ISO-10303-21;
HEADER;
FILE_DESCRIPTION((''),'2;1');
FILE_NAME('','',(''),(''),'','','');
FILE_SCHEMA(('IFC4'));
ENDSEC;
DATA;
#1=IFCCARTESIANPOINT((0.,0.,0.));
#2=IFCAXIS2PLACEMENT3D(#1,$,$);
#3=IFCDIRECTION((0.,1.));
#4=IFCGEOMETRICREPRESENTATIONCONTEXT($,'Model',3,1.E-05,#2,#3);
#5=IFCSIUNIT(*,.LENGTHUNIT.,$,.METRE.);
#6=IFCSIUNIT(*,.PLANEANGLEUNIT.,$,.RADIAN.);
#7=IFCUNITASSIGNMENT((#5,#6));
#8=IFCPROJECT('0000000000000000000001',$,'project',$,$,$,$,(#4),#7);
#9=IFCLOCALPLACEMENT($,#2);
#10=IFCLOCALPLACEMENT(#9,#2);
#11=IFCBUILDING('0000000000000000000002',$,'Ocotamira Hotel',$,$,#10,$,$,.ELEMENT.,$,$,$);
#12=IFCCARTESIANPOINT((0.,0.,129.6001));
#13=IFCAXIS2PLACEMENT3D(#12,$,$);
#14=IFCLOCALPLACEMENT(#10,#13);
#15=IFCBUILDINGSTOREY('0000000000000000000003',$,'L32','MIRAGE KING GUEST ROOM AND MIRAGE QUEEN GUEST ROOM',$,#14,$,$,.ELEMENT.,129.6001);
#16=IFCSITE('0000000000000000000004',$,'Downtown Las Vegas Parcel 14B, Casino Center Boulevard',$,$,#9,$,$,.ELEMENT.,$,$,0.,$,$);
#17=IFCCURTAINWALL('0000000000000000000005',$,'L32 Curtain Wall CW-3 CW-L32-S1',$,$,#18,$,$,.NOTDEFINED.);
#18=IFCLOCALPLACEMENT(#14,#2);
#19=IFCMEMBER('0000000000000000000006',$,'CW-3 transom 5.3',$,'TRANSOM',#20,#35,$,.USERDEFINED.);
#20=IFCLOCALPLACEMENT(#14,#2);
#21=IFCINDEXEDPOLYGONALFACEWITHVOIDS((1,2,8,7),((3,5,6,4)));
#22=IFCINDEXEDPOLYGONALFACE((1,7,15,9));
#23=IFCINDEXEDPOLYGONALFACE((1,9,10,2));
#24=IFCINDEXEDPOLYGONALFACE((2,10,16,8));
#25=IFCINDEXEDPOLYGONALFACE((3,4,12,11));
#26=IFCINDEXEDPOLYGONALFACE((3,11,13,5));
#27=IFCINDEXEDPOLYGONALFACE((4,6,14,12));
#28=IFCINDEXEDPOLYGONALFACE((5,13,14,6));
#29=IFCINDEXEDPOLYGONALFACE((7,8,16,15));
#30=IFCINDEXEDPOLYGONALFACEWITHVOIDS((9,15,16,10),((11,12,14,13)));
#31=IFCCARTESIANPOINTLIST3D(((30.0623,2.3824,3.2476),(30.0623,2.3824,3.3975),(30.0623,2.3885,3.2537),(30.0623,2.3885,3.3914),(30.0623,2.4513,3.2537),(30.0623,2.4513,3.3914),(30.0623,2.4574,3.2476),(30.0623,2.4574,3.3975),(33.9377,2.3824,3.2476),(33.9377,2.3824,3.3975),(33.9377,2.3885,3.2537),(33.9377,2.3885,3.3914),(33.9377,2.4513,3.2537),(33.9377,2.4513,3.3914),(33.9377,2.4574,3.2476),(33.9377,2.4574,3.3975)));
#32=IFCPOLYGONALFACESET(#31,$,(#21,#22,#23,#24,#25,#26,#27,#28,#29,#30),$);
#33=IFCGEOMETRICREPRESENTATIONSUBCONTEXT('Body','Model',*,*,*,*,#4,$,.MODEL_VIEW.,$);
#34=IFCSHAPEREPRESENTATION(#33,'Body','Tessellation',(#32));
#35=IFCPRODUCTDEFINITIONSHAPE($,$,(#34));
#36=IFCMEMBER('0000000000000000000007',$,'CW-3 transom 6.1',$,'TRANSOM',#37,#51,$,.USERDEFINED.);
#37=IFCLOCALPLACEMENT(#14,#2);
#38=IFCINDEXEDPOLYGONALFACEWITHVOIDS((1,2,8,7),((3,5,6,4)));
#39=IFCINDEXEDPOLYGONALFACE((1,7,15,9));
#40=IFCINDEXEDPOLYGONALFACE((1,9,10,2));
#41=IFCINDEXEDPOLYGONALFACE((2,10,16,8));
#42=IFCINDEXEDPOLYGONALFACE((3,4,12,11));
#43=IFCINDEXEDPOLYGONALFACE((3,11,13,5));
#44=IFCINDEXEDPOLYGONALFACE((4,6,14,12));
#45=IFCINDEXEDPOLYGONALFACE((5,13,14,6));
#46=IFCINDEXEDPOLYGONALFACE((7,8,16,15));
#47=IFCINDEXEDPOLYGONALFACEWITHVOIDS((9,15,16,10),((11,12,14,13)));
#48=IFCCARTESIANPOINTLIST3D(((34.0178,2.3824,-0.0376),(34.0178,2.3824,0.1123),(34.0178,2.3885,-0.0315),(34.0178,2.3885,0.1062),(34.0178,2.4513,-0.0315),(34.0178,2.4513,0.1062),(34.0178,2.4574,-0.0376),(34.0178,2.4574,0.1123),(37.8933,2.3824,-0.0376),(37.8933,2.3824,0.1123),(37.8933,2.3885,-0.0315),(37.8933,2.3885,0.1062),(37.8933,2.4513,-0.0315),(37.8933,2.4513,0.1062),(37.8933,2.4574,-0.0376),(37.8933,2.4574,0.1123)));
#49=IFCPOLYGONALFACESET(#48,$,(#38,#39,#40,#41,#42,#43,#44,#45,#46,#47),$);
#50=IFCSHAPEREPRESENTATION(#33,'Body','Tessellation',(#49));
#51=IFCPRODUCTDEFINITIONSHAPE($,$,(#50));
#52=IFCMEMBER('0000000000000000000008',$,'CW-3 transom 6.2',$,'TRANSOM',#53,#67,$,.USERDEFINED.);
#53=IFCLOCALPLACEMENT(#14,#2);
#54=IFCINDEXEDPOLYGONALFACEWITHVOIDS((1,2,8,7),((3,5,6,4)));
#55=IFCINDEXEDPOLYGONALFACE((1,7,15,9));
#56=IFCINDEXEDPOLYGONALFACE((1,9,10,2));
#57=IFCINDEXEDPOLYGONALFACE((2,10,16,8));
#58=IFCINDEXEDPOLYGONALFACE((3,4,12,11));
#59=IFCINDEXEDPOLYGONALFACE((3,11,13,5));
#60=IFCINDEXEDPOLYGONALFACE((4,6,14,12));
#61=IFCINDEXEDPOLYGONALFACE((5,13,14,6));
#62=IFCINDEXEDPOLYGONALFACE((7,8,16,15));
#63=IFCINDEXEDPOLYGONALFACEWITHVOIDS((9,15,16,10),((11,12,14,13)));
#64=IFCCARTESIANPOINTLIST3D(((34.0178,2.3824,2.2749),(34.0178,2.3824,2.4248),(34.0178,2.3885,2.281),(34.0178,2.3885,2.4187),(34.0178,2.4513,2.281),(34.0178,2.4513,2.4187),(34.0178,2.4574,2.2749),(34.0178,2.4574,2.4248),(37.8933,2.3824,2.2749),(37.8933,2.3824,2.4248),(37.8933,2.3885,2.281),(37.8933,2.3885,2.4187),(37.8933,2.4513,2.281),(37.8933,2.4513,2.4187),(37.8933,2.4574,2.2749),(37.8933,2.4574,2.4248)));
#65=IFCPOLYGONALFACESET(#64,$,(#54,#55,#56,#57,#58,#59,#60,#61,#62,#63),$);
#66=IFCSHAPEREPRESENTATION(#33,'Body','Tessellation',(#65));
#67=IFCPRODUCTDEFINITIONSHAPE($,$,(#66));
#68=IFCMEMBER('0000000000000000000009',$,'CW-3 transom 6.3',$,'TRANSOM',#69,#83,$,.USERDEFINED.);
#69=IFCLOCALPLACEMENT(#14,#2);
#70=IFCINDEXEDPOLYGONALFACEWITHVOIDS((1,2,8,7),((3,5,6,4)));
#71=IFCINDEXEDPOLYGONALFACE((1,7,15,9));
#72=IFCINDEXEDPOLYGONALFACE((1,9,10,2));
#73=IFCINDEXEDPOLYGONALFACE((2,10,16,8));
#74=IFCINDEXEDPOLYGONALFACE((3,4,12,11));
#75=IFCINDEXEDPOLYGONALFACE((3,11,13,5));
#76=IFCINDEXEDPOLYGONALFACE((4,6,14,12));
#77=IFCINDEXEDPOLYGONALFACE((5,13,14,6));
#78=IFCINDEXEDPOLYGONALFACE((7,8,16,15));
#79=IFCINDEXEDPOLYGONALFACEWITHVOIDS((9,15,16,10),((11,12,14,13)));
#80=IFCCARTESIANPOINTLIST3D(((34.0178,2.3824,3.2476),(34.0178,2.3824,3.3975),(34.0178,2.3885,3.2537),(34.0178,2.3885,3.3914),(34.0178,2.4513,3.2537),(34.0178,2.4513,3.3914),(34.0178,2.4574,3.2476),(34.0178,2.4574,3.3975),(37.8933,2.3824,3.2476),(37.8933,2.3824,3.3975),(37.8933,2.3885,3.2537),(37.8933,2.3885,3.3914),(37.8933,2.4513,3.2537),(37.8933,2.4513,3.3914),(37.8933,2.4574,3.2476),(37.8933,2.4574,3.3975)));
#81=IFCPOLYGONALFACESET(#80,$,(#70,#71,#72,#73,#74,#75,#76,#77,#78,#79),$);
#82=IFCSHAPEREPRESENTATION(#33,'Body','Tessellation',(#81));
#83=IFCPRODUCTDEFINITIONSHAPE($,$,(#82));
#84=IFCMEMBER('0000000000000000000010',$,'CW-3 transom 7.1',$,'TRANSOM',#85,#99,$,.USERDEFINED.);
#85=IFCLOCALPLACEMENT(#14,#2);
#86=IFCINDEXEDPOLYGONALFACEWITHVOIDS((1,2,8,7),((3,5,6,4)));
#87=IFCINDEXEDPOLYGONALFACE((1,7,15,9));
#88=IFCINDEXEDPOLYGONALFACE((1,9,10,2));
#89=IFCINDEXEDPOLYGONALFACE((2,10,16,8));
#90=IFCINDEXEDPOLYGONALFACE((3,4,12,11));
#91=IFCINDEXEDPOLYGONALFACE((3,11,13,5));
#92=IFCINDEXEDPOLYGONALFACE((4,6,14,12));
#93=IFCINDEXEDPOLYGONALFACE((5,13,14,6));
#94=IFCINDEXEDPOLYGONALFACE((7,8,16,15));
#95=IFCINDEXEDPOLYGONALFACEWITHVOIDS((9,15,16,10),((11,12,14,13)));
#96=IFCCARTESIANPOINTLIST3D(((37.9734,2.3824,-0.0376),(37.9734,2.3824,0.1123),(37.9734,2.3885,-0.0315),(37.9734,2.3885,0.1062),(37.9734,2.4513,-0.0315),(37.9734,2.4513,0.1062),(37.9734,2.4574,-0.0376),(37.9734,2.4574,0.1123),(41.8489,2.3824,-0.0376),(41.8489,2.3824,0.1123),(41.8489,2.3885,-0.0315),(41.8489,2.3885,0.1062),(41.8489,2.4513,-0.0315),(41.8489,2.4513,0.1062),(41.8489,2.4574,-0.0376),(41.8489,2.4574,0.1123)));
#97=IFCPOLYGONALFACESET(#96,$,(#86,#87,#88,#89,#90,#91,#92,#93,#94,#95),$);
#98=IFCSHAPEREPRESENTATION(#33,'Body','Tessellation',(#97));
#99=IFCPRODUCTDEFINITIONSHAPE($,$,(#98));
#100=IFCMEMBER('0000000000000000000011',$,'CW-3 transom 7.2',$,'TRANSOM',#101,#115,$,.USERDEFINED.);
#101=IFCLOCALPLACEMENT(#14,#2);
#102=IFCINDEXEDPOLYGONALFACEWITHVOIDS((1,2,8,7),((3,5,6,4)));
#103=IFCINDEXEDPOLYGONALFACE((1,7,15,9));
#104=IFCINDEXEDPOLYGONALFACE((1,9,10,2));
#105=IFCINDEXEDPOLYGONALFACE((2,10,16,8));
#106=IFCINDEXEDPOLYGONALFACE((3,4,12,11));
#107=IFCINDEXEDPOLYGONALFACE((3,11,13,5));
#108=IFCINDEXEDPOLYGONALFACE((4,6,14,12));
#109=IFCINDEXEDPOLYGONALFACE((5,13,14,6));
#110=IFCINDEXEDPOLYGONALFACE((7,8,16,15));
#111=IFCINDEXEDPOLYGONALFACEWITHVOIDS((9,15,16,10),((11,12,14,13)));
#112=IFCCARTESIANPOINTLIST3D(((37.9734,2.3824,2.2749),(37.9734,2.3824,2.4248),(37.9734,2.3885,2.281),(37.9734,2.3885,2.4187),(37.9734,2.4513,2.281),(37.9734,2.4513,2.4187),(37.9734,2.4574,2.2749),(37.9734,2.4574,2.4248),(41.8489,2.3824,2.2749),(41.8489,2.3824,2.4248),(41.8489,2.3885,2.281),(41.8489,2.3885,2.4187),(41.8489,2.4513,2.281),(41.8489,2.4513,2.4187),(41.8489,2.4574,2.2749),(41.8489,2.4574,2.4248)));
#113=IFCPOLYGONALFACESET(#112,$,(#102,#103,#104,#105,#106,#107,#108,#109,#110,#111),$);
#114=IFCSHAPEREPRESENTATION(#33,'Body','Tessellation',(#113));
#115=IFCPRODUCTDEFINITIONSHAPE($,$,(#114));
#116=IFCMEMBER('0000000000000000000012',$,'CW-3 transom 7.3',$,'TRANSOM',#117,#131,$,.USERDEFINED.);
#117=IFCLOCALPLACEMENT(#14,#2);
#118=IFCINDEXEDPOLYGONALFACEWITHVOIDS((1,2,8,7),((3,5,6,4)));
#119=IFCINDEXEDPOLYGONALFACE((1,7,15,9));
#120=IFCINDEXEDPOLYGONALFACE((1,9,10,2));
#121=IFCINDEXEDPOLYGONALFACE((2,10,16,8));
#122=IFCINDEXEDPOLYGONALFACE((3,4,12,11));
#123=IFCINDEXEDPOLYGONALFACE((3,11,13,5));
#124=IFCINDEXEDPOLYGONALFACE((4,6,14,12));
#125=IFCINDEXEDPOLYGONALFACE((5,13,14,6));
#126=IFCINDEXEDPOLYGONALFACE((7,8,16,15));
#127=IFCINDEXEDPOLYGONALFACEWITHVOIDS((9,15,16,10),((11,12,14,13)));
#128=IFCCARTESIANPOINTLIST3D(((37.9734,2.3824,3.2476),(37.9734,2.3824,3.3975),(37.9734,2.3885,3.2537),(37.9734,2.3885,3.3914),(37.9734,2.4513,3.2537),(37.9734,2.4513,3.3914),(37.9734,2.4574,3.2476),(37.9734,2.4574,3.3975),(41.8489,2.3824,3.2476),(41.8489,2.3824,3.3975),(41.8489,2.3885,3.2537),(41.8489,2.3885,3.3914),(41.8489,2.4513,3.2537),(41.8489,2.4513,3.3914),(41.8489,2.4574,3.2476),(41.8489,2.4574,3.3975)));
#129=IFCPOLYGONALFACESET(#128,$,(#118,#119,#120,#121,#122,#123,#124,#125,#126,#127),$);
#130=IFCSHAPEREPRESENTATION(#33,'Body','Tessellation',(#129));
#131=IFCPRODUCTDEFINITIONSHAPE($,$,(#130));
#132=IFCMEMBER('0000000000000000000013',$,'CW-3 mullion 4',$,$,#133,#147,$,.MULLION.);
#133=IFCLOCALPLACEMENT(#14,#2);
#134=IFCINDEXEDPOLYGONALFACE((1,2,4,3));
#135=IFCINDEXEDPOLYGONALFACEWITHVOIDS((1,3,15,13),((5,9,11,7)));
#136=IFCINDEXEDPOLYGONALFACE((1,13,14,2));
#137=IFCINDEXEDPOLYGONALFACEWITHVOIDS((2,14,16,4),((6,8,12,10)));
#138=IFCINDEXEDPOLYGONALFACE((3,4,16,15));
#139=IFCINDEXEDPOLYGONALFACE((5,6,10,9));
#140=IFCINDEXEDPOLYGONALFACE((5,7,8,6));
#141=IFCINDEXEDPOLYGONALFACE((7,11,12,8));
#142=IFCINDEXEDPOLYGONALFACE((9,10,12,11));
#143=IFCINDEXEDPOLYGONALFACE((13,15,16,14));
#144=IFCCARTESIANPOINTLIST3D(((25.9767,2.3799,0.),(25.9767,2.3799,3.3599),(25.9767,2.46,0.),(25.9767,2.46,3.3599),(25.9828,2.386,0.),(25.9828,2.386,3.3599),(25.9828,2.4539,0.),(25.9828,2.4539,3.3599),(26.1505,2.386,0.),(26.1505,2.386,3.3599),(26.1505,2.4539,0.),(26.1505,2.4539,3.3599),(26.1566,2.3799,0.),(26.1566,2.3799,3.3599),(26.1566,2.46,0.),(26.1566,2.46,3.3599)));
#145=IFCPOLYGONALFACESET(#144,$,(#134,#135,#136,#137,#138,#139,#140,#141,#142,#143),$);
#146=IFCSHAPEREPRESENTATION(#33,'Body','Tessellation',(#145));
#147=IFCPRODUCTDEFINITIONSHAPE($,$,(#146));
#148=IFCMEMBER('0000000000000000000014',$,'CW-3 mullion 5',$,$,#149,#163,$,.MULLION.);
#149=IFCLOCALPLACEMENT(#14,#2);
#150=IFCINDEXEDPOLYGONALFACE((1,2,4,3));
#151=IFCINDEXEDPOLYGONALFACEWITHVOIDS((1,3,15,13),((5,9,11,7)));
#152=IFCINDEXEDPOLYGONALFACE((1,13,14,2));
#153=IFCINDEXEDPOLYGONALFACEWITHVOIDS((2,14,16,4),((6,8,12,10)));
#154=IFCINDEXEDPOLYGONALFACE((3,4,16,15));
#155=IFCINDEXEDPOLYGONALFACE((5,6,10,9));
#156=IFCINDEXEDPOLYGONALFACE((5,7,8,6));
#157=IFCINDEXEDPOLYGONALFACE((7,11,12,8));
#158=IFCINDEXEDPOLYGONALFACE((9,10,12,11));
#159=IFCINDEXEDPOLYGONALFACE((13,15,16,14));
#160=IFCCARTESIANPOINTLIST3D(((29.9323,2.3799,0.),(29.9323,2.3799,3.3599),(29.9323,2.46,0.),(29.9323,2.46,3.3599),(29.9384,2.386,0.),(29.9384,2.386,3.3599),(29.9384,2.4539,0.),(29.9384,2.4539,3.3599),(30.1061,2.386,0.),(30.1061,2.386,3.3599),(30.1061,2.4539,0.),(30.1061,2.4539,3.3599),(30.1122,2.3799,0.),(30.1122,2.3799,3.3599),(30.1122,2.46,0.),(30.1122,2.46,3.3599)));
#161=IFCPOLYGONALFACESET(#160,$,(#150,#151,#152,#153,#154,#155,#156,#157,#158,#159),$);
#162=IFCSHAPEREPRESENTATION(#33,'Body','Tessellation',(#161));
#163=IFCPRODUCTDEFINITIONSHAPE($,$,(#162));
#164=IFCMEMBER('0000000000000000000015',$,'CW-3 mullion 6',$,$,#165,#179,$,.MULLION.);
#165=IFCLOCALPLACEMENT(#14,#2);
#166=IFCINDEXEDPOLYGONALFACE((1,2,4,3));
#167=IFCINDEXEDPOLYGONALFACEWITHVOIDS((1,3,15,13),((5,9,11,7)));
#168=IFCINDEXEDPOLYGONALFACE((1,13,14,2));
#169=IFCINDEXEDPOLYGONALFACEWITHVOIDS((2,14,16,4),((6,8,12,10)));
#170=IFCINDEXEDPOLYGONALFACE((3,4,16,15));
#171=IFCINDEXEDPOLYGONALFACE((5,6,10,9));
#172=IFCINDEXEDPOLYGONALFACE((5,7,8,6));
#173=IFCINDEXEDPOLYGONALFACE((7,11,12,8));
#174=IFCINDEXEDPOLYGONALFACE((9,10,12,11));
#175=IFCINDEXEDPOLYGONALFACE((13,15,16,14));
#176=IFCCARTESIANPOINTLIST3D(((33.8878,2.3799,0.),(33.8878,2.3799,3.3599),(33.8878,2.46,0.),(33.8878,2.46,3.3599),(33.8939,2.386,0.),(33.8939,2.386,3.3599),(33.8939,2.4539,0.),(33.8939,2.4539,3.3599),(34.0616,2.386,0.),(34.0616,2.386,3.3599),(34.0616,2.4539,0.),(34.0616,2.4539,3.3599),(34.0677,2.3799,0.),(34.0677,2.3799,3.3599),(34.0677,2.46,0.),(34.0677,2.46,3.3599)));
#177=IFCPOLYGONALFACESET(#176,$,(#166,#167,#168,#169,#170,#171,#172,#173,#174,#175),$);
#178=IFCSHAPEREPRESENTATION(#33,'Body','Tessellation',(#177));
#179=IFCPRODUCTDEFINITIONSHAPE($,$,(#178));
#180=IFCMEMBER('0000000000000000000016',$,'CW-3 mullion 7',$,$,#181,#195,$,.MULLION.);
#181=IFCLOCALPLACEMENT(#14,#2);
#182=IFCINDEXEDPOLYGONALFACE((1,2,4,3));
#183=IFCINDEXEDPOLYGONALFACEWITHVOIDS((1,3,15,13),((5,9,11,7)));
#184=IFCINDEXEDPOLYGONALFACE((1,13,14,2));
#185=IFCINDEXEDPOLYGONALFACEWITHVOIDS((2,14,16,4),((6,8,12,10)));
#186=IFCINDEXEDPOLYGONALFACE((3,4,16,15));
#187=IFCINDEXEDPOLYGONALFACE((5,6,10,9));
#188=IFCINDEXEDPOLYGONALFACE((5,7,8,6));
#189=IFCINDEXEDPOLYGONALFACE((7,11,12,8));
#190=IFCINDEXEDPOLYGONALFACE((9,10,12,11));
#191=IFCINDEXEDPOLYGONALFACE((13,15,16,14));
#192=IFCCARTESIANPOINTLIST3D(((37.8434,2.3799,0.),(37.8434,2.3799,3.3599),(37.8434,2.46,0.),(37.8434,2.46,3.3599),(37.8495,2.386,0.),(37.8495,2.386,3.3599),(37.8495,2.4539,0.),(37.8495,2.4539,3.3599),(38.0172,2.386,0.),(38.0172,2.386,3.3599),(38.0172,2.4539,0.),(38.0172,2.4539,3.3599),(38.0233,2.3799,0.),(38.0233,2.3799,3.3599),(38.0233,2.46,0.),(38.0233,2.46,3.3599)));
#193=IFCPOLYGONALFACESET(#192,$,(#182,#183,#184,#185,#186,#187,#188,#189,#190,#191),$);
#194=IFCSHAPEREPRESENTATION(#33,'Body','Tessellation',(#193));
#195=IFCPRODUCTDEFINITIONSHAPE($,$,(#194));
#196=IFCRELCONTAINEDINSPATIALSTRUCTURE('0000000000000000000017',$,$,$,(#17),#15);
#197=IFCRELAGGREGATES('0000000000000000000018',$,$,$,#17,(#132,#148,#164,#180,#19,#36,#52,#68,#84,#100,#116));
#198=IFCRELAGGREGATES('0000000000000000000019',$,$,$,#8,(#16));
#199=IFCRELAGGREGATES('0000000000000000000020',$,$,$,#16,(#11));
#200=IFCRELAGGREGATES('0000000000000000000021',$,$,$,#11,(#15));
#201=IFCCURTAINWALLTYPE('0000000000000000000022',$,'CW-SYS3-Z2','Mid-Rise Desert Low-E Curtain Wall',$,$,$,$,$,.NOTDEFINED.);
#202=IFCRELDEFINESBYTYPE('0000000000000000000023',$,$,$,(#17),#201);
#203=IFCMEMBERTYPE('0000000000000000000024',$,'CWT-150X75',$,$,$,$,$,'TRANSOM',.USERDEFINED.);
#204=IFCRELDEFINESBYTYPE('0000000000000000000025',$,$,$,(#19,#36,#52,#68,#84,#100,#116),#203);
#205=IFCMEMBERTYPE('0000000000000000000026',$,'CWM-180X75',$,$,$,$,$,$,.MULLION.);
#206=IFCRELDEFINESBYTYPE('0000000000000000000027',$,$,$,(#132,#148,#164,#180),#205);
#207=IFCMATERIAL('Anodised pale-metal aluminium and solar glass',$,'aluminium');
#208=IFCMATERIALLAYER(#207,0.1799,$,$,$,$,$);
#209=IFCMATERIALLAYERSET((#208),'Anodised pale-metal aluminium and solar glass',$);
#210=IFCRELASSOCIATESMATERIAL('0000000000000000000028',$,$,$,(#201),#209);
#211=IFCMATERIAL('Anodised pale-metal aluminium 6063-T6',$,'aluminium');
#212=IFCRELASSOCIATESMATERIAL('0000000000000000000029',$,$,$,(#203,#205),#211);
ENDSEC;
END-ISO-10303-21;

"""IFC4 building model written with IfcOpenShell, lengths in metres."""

from ifc_helpers import new_model, si_unit, direction, frame, origin, origin_2d, place, context, subcontext, project, spatial, hollow_rectangle, extrude, source, transform, mapped, material, layer, layer_set, material_profile, profile_set, type_object, element, aggregate, save


model = new_model("IFC4")

# Units and contexts
model_context = context("Model", 3, precision=1e-05, world=origin(), true_north=direction((0.0, 1.0)))
body_context = subcontext(model_context, "Body", "Model", "MODEL_VIEW")
ifc_project = project(units=[si_unit("LENGTHUNIT", "METRE"), si_unit("PLANEANGLEUNIT", "RADIAN")], contexts=[model_context])

# Site, building, storey
site_placement = place(None, origin())
site = spatial("IfcSite", under=ifc_project, at=site_placement, Name="Downtown Las Vegas Parcel 14B, Casino Center Boulevard", CompositionType="ELEMENT", RefElevation=0.0)
building_placement = place(site_placement, origin())
building = spatial("IfcBuilding", under=site, at=building_placement, Name="Ocotamira Hotel", CompositionType="ELEMENT")
storey_placement = place(building_placement, frame((0.0, 0.0, 129.6001)))
storey = spatial("IfcBuildingStorey", under=building, at=storey_placement, Name="L32", Description="MIRAGE KING GUEST ROOM AND MIRAGE QUEEN GUEST ROOM", CompositionType="ELEMENT", Elevation=129.6001)

# Curtain wall, members
ifc_material_1 = material(Name="Anodised pale-metal aluminium and solar glass", Category="aluminium")
ifc_layer_1 = layer(ifc_material_1, 0.1799)
ifc_layer_set_1 = layer_set([ifc_layer_1], Name="Anodised pale-metal aluminium and solar glass")
curtain_wall_type = type_object("IfcCurtainWallType", Name="CW-SYS3-Z2", Description="Mid-Rise Desert Low-E Curtain Wall", PredefinedType="NOTDEFINED", material=ifc_layer_set_1)
curtain_wall_placement = place(storey_placement, origin())
curtain_wall = element("IfcCurtainWall", 1, at=curtain_wall_placement, inside=storey, type_object=curtain_wall_type, Name="L32 Curtain Wall CW-3 CW-L32-S1", PredefinedType="NOTDEFINED")
ifc_material_2 = material(Name="Anodised pale-metal aluminium 6063-T6", Category="aluminium")
ifc_material_profile_1 = material_profile(ifc_material_2, hollow_rectangle(XDim=0.075, YDim=0.1499, WallThickness=0.0061, at=origin_2d()), Name="HSS150X75X6")
ifc_profile_set_1 = profile_set([ifc_material_profile_1], Name="Anodised pale-metal aluminium 6063-T6")
member_type_1 = type_object("IfcMemberType", Name="CWT-150X75", ElementType="TRANSOM", PredefinedType="USERDEFINED", material=ifc_profile_set_1)
shared_shape_1 = source(origin(), body_context, "Body", "SweptSolid", [
    extrude(hollow_rectangle(XDim=0.075, YDim=0.1499, WallThickness=0.0061, at=origin_2d()), origin(), (0.0, 0.0, 1.0), 3.8755),
])
member_1_placement = place(storey_placement, frame((30.0623, 2.4199, 3.3225), z_axis=(1.0, 0.0, 0.0), x_axis=(0.0, 1.0, 0.0)))
member_1 = element("IfcMember", 2, at=member_1_placement, type_object=member_type_1, Name="CW-3 transom 5.3", ObjectType="TRANSOM", PredefinedType="USERDEFINED", context=body_context, shape_type="MappedRepresentation", body=[
    mapped(shared_shape_1, transform((0.0, 0.0, 0.0), scale=1.0)),
])
member_2_placement = place(storey_placement, frame((34.0178, 2.4199, 0.0374), z_axis=(1.0, 0.0, 0.0), x_axis=(0.0, 1.0, 0.0)))
member_2 = element("IfcMember", 3, at=member_2_placement, type_object=member_type_1, Name="CW-3 transom 6.1", ObjectType="TRANSOM", PredefinedType="USERDEFINED", context=body_context, shape_type="MappedRepresentation", body=[
    mapped(shared_shape_1, transform((0.0, 0.0, 0.0), scale=1.0)),
])
member_3_placement = place(storey_placement, frame((34.0178, 2.4199, 2.3499), z_axis=(1.0, 0.0, 0.0), x_axis=(0.0, 1.0, 0.0)))
member_3 = element("IfcMember", 4, at=member_3_placement, type_object=member_type_1, Name="CW-3 transom 6.2", ObjectType="TRANSOM", PredefinedType="USERDEFINED", context=body_context, shape_type="MappedRepresentation", body=[
    mapped(shared_shape_1, transform((0.0, 0.0, 0.0), scale=1.0)),
])
member_4_placement = place(storey_placement, frame((34.0178, 2.4199, 3.3225), z_axis=(1.0, 0.0, 0.0), x_axis=(0.0, 1.0, 0.0)))
member_4 = element("IfcMember", 5, at=member_4_placement, type_object=member_type_1, Name="CW-3 transom 6.3", ObjectType="TRANSOM", PredefinedType="USERDEFINED", context=body_context, shape_type="MappedRepresentation", body=[
    mapped(shared_shape_1, transform((0.0, 0.0, 0.0), scale=1.0)),
])
member_5_placement = place(storey_placement, frame((37.9734, 2.4199, 0.0374), z_axis=(1.0, 0.0, 0.0), x_axis=(0.0, 1.0, 0.0)))
member_5 = element("IfcMember", 6, at=member_5_placement, type_object=member_type_1, Name="CW-3 transom 7.1", ObjectType="TRANSOM", PredefinedType="USERDEFINED", context=body_context, shape_type="MappedRepresentation", body=[
    mapped(shared_shape_1, transform((0.0, 0.0, 0.0), scale=1.0)),
])
member_6_placement = place(storey_placement, frame((37.9734, 2.4199, 2.3499), z_axis=(1.0, 0.0, 0.0), x_axis=(0.0, 1.0, 0.0)))
member_6 = element("IfcMember", 7, at=member_6_placement, type_object=member_type_1, Name="CW-3 transom 7.2", ObjectType="TRANSOM", PredefinedType="USERDEFINED", context=body_context, shape_type="MappedRepresentation", body=[
    mapped(shared_shape_1, transform((0.0, 0.0, 0.0), scale=1.0)),
])
member_7_placement = place(storey_placement, frame((37.9734, 2.4199, 3.3225), z_axis=(1.0, 0.0, 0.0), x_axis=(0.0, 1.0, 0.0)))
member_7 = element("IfcMember", 8, at=member_7_placement, type_object=member_type_1, Name="CW-3 transom 7.3", ObjectType="TRANSOM", PredefinedType="USERDEFINED", context=body_context, shape_type="MappedRepresentation", body=[
    mapped(shared_shape_1, transform((0.0, 0.0, 0.0), scale=1.0)),
])
ifc_material_profile_2 = material_profile(ifc_material_2, hollow_rectangle(XDim=0.0801, YDim=0.1799, WallThickness=0.0061, at=origin_2d()), Name="HSS180X80X6")
ifc_profile_set_2 = profile_set([ifc_material_profile_2], Name="Anodised pale-metal aluminium 6063-T6")
member_type_2 = type_object("IfcMemberType", Name="CWM-180X75", PredefinedType="MULLION", material=ifc_profile_set_2)
shared_shape_2 = source(origin(), body_context, "Body", "SweptSolid", [
    extrude(hollow_rectangle(XDim=0.0801, YDim=0.1799, WallThickness=0.0061, at=origin_2d()), origin(), (0.0, 0.0, 1.0), 3.3599),
])
member_8_placement = place(storey_placement, frame((26.0667, 2.4199, 0.0), z_axis=(0.0, 0.0, 1.0), x_axis=(0.0, 1.0, 0.0)))
member_8 = element("IfcMember", 9, at=member_8_placement, type_object=member_type_2, Name="CW-3 mullion 4", PredefinedType="MULLION", context=body_context, shape_type="MappedRepresentation", body=[
    mapped(shared_shape_2, transform((0.0, 0.0, 0.0), scale=1.0)),
])
member_9_placement = place(storey_placement, frame((30.0222, 2.4199, 0.0), z_axis=(0.0, 0.0, 1.0), x_axis=(0.0, 1.0, 0.0)))
member_9 = element("IfcMember", 10, at=member_9_placement, type_object=member_type_2, Name="CW-3 mullion 5", PredefinedType="MULLION", context=body_context, shape_type="MappedRepresentation", body=[
    mapped(shared_shape_2, transform((0.0, 0.0, 0.0), scale=1.0)),
])
member_10_placement = place(storey_placement, frame((33.9778, 2.4199, 0.0), z_axis=(0.0, 0.0, 1.0), x_axis=(0.0, 1.0, 0.0)))
member_10 = element("IfcMember", 11, at=member_10_placement, type_object=member_type_2, Name="CW-3 mullion 6", PredefinedType="MULLION", context=body_context, shape_type="MappedRepresentation", body=[
    mapped(shared_shape_2, transform((0.0, 0.0, 0.0), scale=1.0)),
])
member_11_placement = place(storey_placement, frame((37.9333, 2.4199, 0.0), z_axis=(0.0, 0.0, 1.0), x_axis=(0.0, 1.0, 0.0)))
member_11 = element("IfcMember", 12, at=member_11_placement, type_object=member_type_2, Name="CW-3 mullion 7", PredefinedType="MULLION", context=body_context, shape_type="MappedRepresentation", body=[
    mapped(shared_shape_2, transform((0.0, 0.0, 0.0), scale=1.0)),
])

aggregate(curtain_wall, [member_8, member_9, member_10, member_11, member_1, member_2, member_3, member_4, member_5, member_6, member_7])

save(model, "model.ifc")
